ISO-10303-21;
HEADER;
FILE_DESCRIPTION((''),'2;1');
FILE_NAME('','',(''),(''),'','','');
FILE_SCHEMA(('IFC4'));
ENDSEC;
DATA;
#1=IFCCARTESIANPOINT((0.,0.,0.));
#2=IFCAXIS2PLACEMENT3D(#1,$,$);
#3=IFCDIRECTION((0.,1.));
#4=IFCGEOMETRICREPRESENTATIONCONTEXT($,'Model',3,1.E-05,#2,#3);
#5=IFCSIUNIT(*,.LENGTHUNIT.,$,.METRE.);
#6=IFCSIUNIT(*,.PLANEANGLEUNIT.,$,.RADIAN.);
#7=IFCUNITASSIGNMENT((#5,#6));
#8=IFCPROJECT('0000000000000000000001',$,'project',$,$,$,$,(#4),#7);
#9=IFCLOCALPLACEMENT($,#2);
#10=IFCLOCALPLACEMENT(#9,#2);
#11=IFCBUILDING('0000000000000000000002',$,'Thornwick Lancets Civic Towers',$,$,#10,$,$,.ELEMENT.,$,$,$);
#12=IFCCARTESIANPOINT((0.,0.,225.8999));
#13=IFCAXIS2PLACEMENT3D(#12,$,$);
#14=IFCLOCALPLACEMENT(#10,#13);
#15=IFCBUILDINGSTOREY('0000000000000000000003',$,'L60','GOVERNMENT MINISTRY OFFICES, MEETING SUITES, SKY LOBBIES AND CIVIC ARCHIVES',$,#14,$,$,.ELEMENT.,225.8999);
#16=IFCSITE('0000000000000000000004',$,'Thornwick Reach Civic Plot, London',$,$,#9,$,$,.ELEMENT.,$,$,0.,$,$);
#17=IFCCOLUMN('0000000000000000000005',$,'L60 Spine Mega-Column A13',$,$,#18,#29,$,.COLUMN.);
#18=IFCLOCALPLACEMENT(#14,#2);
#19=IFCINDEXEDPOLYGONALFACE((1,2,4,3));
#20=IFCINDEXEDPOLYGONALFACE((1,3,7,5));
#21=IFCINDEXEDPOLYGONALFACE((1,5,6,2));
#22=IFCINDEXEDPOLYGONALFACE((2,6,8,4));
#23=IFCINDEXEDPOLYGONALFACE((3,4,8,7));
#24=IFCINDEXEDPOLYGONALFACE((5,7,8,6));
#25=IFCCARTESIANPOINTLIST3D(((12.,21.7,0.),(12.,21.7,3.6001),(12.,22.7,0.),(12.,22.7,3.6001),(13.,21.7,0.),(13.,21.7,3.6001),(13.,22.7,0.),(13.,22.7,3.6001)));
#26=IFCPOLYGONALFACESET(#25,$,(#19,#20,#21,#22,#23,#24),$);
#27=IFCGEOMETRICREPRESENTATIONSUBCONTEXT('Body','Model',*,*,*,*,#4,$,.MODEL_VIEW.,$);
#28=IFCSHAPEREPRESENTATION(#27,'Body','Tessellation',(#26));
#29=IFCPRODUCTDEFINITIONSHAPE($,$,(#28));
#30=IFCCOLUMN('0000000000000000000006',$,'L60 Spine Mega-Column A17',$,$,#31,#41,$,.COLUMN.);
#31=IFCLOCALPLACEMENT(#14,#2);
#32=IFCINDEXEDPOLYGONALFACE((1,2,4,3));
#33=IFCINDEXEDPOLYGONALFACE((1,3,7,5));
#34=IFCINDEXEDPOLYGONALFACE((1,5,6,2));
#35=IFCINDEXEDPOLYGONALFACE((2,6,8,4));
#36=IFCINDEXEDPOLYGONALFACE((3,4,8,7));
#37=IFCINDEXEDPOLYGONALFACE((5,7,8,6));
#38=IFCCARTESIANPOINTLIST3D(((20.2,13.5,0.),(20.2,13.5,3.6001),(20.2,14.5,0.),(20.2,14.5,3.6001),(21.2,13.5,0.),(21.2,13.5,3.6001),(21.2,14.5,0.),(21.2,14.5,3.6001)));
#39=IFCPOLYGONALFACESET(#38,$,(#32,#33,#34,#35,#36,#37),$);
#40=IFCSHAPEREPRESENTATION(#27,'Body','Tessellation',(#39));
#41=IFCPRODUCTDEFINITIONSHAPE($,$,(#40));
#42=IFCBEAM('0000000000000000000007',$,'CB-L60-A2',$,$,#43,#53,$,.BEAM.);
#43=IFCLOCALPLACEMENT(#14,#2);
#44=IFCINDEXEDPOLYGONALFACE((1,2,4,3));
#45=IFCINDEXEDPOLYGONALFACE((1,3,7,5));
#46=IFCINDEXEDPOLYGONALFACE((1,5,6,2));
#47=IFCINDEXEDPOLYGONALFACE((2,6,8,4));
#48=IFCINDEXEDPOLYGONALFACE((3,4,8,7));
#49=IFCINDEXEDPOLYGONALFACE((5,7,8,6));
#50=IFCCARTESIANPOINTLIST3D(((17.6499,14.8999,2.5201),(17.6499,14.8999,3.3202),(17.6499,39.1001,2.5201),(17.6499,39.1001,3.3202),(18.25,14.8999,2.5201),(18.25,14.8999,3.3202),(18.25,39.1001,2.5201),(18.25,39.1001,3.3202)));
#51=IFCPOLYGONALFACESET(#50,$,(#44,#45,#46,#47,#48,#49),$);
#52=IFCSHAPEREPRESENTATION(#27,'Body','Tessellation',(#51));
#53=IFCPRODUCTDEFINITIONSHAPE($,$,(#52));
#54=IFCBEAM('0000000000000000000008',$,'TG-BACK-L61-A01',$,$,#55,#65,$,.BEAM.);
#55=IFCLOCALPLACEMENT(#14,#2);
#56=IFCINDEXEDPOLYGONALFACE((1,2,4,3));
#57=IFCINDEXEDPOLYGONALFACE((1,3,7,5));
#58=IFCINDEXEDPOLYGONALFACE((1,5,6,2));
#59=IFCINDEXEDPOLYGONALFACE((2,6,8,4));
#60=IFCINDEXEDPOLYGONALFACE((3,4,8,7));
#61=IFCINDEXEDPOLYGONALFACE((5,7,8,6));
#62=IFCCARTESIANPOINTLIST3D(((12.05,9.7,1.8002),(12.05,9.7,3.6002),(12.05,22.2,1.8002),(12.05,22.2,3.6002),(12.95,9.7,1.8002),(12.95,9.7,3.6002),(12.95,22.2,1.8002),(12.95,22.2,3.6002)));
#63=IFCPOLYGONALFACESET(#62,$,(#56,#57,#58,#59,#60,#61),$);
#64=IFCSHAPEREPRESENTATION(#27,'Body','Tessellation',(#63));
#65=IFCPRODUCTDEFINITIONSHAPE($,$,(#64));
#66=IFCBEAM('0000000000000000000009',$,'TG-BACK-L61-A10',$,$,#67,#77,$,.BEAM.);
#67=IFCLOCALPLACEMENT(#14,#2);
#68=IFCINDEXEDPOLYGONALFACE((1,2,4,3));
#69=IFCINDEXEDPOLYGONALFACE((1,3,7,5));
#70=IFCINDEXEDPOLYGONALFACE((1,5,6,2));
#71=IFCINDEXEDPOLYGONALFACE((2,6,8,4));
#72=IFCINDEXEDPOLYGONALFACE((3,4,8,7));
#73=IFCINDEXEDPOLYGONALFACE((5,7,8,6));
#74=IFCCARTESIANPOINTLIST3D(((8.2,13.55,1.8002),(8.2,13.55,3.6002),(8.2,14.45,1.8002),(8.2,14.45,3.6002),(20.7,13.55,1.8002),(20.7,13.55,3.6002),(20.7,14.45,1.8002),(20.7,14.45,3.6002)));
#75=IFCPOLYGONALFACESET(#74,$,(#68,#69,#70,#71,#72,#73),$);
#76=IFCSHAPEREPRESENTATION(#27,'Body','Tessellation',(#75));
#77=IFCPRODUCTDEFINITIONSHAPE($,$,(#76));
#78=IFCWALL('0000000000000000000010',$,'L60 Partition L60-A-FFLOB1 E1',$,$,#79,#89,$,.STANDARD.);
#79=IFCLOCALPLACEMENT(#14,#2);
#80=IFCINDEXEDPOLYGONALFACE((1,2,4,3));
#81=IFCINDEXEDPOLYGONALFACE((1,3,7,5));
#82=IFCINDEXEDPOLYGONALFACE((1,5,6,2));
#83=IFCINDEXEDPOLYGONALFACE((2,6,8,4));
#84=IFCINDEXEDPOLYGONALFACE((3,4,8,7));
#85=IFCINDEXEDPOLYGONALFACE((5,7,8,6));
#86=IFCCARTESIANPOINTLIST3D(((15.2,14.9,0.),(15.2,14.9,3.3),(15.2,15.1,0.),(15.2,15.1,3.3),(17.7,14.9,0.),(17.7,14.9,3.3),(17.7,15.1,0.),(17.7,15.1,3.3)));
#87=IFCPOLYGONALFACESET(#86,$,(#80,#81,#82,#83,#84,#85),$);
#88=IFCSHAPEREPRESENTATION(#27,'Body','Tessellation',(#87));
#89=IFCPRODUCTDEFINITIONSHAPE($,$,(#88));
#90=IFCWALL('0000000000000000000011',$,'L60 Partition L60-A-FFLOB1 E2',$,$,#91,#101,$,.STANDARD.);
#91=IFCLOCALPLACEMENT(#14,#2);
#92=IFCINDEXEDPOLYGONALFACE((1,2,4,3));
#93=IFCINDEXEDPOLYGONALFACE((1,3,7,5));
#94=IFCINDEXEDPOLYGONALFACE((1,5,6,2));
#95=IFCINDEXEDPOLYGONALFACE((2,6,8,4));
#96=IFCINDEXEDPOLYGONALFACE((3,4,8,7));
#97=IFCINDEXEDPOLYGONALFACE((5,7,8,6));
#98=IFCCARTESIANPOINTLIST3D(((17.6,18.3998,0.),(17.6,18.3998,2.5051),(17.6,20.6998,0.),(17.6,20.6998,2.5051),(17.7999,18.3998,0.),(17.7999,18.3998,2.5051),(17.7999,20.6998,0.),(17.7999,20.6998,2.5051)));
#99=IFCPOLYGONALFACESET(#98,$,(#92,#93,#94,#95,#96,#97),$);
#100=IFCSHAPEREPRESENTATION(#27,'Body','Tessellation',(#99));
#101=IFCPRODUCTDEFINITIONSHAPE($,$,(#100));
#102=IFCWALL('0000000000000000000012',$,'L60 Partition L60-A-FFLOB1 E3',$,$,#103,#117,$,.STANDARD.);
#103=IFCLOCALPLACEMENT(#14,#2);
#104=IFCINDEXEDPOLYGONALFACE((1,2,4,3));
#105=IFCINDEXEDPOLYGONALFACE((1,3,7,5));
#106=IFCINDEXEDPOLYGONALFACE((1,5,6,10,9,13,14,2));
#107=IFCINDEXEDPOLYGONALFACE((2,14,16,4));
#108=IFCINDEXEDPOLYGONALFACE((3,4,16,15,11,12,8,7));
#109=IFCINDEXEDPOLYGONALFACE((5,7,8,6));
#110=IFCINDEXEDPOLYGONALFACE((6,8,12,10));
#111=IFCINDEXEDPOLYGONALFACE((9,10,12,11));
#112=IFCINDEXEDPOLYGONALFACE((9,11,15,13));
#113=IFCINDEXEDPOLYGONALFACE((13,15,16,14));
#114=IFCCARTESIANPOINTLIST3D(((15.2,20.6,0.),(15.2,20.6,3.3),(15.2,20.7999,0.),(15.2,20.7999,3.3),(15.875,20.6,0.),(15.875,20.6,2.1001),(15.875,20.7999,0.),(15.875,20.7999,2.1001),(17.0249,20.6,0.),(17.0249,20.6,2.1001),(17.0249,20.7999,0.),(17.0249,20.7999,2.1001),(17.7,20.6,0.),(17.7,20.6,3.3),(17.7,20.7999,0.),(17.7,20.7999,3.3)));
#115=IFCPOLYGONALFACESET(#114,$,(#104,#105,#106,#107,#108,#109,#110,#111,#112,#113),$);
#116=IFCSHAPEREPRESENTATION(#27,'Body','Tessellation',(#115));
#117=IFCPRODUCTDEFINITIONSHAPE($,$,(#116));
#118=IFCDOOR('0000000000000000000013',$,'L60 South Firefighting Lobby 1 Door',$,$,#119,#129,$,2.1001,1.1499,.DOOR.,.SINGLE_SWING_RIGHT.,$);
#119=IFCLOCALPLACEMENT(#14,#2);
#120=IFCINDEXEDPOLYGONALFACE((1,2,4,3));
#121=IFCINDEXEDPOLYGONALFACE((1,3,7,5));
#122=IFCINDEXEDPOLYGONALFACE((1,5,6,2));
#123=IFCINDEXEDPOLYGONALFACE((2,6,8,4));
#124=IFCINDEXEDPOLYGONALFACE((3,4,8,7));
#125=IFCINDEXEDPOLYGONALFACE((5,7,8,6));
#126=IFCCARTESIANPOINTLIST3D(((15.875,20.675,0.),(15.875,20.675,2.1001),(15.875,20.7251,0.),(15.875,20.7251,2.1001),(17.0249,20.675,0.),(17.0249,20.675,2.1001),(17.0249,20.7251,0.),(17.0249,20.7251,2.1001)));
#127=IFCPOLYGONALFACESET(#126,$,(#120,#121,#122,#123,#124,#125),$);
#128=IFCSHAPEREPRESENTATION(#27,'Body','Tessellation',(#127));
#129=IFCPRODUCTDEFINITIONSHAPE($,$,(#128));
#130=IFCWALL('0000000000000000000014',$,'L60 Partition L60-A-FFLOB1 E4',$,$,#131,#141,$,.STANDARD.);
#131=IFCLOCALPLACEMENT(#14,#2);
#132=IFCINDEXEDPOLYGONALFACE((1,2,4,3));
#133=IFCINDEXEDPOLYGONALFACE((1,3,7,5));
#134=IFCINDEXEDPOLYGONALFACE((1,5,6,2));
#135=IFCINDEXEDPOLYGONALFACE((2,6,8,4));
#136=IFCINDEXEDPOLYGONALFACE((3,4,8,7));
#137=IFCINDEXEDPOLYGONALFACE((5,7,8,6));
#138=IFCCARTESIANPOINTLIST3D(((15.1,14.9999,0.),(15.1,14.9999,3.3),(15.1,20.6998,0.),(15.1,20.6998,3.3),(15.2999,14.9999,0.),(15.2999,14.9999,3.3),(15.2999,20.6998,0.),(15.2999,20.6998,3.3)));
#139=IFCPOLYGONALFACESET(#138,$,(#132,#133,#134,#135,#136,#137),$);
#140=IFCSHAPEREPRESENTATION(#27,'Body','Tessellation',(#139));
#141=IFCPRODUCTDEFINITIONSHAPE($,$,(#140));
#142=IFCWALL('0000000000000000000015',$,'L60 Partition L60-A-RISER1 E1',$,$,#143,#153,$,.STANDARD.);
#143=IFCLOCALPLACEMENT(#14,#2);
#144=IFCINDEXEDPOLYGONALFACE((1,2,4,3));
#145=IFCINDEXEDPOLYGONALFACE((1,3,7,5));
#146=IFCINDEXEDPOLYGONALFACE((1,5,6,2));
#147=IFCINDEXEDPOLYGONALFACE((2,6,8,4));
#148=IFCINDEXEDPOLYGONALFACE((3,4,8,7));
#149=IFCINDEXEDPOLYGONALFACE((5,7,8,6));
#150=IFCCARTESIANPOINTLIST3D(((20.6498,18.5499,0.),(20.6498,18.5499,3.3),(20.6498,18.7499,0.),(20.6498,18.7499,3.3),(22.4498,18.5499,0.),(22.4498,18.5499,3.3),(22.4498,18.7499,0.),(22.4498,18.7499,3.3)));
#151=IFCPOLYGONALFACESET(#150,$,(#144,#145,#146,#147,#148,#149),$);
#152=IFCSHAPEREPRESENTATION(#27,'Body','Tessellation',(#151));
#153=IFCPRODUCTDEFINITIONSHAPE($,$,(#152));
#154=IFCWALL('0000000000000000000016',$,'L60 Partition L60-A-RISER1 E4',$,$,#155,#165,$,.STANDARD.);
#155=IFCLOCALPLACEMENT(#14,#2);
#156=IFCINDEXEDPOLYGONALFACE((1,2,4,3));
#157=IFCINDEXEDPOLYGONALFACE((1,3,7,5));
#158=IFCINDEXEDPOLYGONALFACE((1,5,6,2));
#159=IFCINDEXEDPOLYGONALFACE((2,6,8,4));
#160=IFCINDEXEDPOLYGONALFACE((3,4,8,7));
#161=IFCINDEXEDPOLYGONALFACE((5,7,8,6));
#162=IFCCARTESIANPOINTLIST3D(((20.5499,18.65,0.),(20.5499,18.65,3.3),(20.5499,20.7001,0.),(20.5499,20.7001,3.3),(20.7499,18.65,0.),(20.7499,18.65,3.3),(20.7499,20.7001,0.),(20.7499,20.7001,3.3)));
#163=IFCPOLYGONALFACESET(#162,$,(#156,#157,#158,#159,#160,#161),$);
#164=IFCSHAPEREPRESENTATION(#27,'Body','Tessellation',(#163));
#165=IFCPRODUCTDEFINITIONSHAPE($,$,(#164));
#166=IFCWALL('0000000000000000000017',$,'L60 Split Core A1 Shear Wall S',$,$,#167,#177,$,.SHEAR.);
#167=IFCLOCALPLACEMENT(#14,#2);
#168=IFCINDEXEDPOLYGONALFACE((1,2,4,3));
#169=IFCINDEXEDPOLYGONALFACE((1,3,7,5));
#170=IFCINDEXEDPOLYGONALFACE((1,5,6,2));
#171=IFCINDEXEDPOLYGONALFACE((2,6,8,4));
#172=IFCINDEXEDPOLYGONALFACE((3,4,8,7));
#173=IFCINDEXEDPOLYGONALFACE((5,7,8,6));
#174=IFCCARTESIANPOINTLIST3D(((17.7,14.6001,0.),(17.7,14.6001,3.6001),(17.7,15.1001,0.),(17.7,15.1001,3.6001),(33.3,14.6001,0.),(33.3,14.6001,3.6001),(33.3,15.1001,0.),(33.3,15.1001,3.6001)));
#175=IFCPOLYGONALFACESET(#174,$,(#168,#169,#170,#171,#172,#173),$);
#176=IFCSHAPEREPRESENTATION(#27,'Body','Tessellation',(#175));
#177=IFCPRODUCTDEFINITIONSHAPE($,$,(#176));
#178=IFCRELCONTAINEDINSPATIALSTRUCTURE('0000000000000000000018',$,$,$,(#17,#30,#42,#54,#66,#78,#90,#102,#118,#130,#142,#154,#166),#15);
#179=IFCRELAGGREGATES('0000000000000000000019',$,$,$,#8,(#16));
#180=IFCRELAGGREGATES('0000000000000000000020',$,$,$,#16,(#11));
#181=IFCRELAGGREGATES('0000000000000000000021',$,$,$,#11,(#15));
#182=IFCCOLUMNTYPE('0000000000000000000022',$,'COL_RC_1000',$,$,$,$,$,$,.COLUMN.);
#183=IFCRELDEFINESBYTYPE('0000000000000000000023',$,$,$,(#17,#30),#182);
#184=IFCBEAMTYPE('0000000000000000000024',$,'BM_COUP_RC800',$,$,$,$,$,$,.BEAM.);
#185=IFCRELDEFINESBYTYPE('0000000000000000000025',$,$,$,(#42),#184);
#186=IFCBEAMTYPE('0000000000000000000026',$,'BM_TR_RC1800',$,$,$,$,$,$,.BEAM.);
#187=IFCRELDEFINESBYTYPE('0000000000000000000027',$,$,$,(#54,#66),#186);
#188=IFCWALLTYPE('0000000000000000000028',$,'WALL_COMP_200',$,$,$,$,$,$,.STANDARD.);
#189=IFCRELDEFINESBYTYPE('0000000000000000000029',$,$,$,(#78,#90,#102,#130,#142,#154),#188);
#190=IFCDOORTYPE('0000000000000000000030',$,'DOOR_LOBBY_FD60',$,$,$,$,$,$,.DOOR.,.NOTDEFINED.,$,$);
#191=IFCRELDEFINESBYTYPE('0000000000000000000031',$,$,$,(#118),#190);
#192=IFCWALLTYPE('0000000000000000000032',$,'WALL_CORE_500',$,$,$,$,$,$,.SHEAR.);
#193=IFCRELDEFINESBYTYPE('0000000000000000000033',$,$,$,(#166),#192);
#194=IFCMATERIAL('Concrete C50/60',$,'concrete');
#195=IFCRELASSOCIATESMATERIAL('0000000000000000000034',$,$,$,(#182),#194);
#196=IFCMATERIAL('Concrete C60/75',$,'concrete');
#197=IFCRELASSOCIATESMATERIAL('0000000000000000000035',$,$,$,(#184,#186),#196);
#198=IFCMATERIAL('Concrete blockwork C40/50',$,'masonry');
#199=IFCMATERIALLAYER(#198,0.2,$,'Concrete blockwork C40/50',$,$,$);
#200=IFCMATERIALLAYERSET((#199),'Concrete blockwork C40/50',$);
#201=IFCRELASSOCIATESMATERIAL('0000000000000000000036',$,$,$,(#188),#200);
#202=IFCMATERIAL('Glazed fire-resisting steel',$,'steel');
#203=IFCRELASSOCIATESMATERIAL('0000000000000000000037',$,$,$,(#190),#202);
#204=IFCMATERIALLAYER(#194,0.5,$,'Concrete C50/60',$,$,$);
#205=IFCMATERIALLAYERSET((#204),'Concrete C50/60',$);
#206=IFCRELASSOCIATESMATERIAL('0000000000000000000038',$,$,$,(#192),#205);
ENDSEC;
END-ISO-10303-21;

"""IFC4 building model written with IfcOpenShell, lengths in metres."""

from ifc_helpers import new_model, si_unit, direction, frame, frame_2d, origin, origin_2d, place, context, subcontext, project, spatial, rectangle, extrude, material, layer, layer_set, material_profile, profile_set, type_object, element, fill, save


model = new_model("IFC4")

# Units and contexts
model_context = context("Model", 3, precision=1e-05, world=origin(), true_north=direction((0.0, 1.0)))
body_context = subcontext(model_context, "Body", "Model", "MODEL_VIEW")
ifc_project = project(units=[si_unit("LENGTHUNIT", "METRE"), si_unit("PLANEANGLEUNIT", "RADIAN")], contexts=[model_context])

# Site, building, storey
site_placement = place(None, origin())
site = spatial("IfcSite", under=ifc_project, at=site_placement, Name="Thornwick Reach Civic Plot, London", CompositionType="ELEMENT", RefElevation=0.0)
building_placement = place(site_placement, origin())
building = spatial("IfcBuilding", under=site, at=building_placement, Name="Thornwick Lancets Civic Towers", CompositionType="ELEMENT")
storey_placement = place(building_placement, frame((0.0, 0.0, 225.8999)))
storey = spatial("IfcBuildingStorey", under=building, at=storey_placement, Name="L60", Description="GOVERNMENT MINISTRY OFFICES, MEETING SUITES, SKY LOBBIES AND CIVIC ARCHIVES", CompositionType="ELEMENT", Elevation=225.8999)

# Columns
ifc_material_1 = material(Name="Concrete C50/60", Category="concrete")
ifc_material_profile_1 = material_profile(ifc_material_1, rectangle(XDim=1.0, YDim=1.0, at=origin_2d()), Name="RC 1000x1000")
ifc_profile_set_1 = profile_set([ifc_material_profile_1], Name="Concrete C50/60")
column_type = type_object("IfcColumnType", Name="COL_RC_1000", PredefinedType="COLUMN", material=ifc_profile_set_1)
for number, where, z_axis, x_axis, name in (
    (1, (12.5, 22.2, 0.0), (0.0, 0.0, 1.0), (1.0, 0.0, 0.0), "L60 Spine Mega-Column A13"),
    (2, (20.7, 14.0, 0.0), (0.0, 0.0, 1.0), (1.0, 0.0, 0.0), "L60 Spine Mega-Column A17"),
):
    element("IfcColumn", number, at=place(storey_placement, frame(where, z_axis=z_axis, x_axis=x_axis)), inside=storey, type_object=column_type, Name=name, PredefinedType="COLUMN", context=body_context, shape_type="SweptSolid", body=[
        extrude(rectangle(XDim=1.0, YDim=1.0, at=origin_2d()), origin(), (0.0, 0.0, 1.0), 3.6001),
    ])

# Beams
ifc_material_2 = material(Name="Concrete C60/75", Category="concrete")
ifc_material_profile_2 = material_profile(ifc_material_2, rectangle(XDim=0.6001, YDim=0.8, at=origin_2d()), Name="RC 600x800")
ifc_profile_set_2 = profile_set([ifc_material_profile_2], Name="Concrete C60/75")
beam_type_1 = type_object("IfcBeamType", Name="BM_COUP_RC800", PredefinedType="BEAM", material=ifc_profile_set_2)
beam_placement = place(storey_placement, frame((17.95, 14.8999, 2.9202), z_axis=(0.0, 1.0, 0.0), x_axis=(-1.0, 0.0, 0.0)))
element("IfcBeam", 3, at=beam_placement, inside=storey, type_object=beam_type_1, Name="CB-L60-A2", PredefinedType="BEAM", context=body_context, shape_type="SweptSolid", body=[
    extrude(rectangle(XDim=0.6001, YDim=0.8, at=origin_2d()), origin(), (0.0, 0.0, 1.0), 24.2002),
])
ifc_material_profile_3 = material_profile(ifc_material_2, rectangle(XDim=0.8999, YDim=1.8, at=origin_2d()), Name="RC 900x1800")
ifc_profile_set_3 = profile_set([ifc_material_profile_3], Name="Concrete C60/75")
beam_type_2 = type_object("IfcBeamType", Name="BM_TR_RC1800", PredefinedType="BEAM", material=ifc_profile_set_3)
for number, where, z_axis, x_axis, name in (
    (4, (12.5, 22.2, 2.7002), (0.0, -1.0, 0.0), (1.0, 0.0, 0.0), "TG-BACK-L61-A01"),
    (5, (20.7, 14.0, 2.7002), (-1.0, 0.0, 0.0), (0.0, -1.0, 0.0), "TG-BACK-L61-A10"),
):
    element("IfcBeam", number, at=place(storey_placement, frame(where, z_axis=z_axis, x_axis=x_axis)), inside=storey, type_object=beam_type_2, Name=name, PredefinedType="BEAM", context=body_context, shape_type="SweptSolid", body=[
        extrude(rectangle(XDim=0.8999, YDim=1.8, at=origin_2d()), origin(), (0.0, 0.0, 1.0), 12.5),
    ])

# Walls
ifc_material_3 = material(Name="Concrete blockwork C40/50", Category="masonry")
ifc_layer_1 = layer(ifc_material_3, 0.2, Name="Concrete blockwork C40/50")
ifc_layer_set_1 = layer_set([ifc_layer_1], Name="Concrete blockwork C40/50")
wall_type_1 = type_object("IfcWallType", Name="WALL_COMP_200", PredefinedType="STANDARD", material=ifc_layer_set_1)
wall_1_placement = place(storey_placement, frame((15.2, 15.0, 0.0), z_axis=(0.0, 0.0, 1.0), x_axis=(1.0, 0.0, 0.0)))
element("IfcWall", 6, at=wall_1_placement, inside=storey, type_object=wall_type_1, Name="L60 Partition L60-A-FFLOB1 E1", PredefinedType="STANDARD", context=body_context, shape_type="SweptSolid", body=[
    extrude(rectangle(XDim=2.5, YDim=0.2, at=frame_2d((1.25, 0.0))), origin(), (0.0, 0.0, 1.0), 3.3),
])
wall_2_placement = place(storey_placement, frame((17.7, 18.3999, 0.0), z_axis=(0.0, 0.0, 1.0), x_axis=(0.0, 1.0, 0.0)))
element("IfcWall", 7, at=wall_2_placement, inside=storey, type_object=wall_type_1, Name="L60 Partition L60-A-FFLOB1 E2", PredefinedType="STANDARD", context=body_context, shape_type="SweptSolid", body=[
    extrude(rectangle(XDim=2.3, YDim=0.2, at=frame_2d((1.1499, 0.0))), origin(), (0.0, 0.0, 1.0), 2.5051),
])

# Wall, opening, door
wall_3_placement = place(storey_placement, frame((17.7, 20.7, 0.0), z_axis=(0.0, 0.0, 1.0), x_axis=(-1.0, 0.0, 0.0)))
wall_3 = element("IfcWall", 8, at=wall_3_placement, inside=storey, type_object=wall_type_1, Name="L60 Partition L60-A-FFLOB1 E3", PredefinedType="STANDARD", context=body_context, shape_type="SweptSolid", body=[
    extrude(rectangle(XDim=2.5, YDim=0.2, at=frame_2d((1.25, 0.0))), origin(), (0.0, 0.0, 1.0), 3.3),
])
opening_1_placement = place(wall_3_placement, frame((0.675, 0.0, 0.0)))
opening_1 = element("IfcOpeningElement", 9, at=opening_1_placement, cuts=wall_3, PredefinedType="OPENING", context=body_context, shape_type="SweptSolid", body=[
    extrude(rectangle(XDim=1.1499, YDim=2.1001, at=frame_2d((0.575, 1.05))), frame((0.0, 0.1099, 0.0), z_axis=(0.0, -1.0, 0.0), x_axis=(1.0, 0.0, 0.0)), (0.0, 0.0, 1.0), 0.22),
])
ifc_material_4 = material(Name="Glazed fire-resisting steel", Category="steel")
door_type_1 = type_object("IfcDoorType", Name="DOOR_LOBBY_FD60", OperationType="NOTDEFINED", PredefinedType="DOOR", material=ifc_material_4)
door_1_placement = place(opening_1_placement, origin())
door_1 = element("IfcDoor", 10, at=door_1_placement, inside=storey, type_object=door_type_1, Name="L60 South Firefighting Lobby 1 Door", OperationType="SINGLE_SWING_RIGHT", OverallHeight=2.1001, OverallWidth=1.1499, PredefinedType="DOOR", context=body_context, shape_type="SweptSolid", body=[
    extrude(rectangle(XDim=1.1499, YDim=2.1001, at=frame_2d((0.575, 1.05))), frame((0.0, 0.0249, 0.0), z_axis=(0.0, -1.0, 0.0), x_axis=(1.0, 0.0, 0.0)), (0.0, 0.0, 1.0), 0.05),
])
fill(opening_1, door_1)

# Walls
wall_4_placement = place(storey_placement, frame((15.2, 20.7, 0.0), z_axis=(0.0, 0.0, 1.0), x_axis=(0.0, -1.0, 0.0)))
element("IfcWall", 11, at=wall_4_placement, inside=storey, type_object=wall_type_1, Name="L60 Partition L60-A-FFLOB1 E4", PredefinedType="STANDARD", context=body_context, shape_type="SweptSolid", body=[
    extrude(rectangle(XDim=5.7, YDim=0.2, at=frame_2d((2.8501, 0.0))), origin(), (0.0, 0.0, 1.0), 3.3),
])
wall_5_placement = place(storey_placement, frame((20.6499, 18.6499, 0.0), z_axis=(0.0, 0.0, 1.0), x_axis=(1.0, 0.0, 0.0)))
element("IfcWall", 12, at=wall_5_placement, inside=storey, type_object=wall_type_1, Name="L60 Partition L60-A-RISER1 E1", PredefinedType="STANDARD", context=body_context, shape_type="SweptSolid", body=[
    extrude(rectangle(XDim=1.8, YDim=0.2, at=frame_2d((0.8999, 0.0))), origin(), (0.0, 0.0, 1.0), 3.3),
])
wall_6_placement = place(storey_placement, frame((20.6499, 20.7, 0.0), z_axis=(0.0, 0.0, 1.0), x_axis=(0.0, -1.0, 0.0)))
element("IfcWall", 13, at=wall_6_placement, inside=storey, type_object=wall_type_1, Name="L60 Partition L60-A-RISER1 E4", PredefinedType="STANDARD", context=body_context, shape_type="SweptSolid", body=[
    extrude(rectangle(XDim=2.05, YDim=0.2, at=frame_2d((1.0249, 0.0))), origin(), (0.0, 0.0, 1.0), 3.3),
])
ifc_layer_2 = layer(ifc_material_1, 0.5, Name="Concrete C50/60")
ifc_layer_set_2 = layer_set([ifc_layer_2], Name="Concrete C50/60")
wall_type_2 = type_object("IfcWallType", Name="WALL_CORE_500", PredefinedType="SHEAR", material=ifc_layer_set_2)
wall_7_placement = place(storey_placement, frame((17.7, 14.8501, 0.0), z_axis=(0.0, 0.0, 1.0), x_axis=(1.0, 0.0, 0.0)))
element("IfcWall", 14, at=wall_7_placement, inside=storey, type_object=wall_type_2, Name="L60 Split Core A1 Shear Wall S", PredefinedType="SHEAR", context=body_context, shape_type="SweptSolid", body=[
    extrude(rectangle(XDim=15.6001, YDim=0.5, at=frame_2d((7.8, 0.0))), origin(), (0.0, 0.0, 1.0), 3.6001),
])

save(model, "model.ifc")
